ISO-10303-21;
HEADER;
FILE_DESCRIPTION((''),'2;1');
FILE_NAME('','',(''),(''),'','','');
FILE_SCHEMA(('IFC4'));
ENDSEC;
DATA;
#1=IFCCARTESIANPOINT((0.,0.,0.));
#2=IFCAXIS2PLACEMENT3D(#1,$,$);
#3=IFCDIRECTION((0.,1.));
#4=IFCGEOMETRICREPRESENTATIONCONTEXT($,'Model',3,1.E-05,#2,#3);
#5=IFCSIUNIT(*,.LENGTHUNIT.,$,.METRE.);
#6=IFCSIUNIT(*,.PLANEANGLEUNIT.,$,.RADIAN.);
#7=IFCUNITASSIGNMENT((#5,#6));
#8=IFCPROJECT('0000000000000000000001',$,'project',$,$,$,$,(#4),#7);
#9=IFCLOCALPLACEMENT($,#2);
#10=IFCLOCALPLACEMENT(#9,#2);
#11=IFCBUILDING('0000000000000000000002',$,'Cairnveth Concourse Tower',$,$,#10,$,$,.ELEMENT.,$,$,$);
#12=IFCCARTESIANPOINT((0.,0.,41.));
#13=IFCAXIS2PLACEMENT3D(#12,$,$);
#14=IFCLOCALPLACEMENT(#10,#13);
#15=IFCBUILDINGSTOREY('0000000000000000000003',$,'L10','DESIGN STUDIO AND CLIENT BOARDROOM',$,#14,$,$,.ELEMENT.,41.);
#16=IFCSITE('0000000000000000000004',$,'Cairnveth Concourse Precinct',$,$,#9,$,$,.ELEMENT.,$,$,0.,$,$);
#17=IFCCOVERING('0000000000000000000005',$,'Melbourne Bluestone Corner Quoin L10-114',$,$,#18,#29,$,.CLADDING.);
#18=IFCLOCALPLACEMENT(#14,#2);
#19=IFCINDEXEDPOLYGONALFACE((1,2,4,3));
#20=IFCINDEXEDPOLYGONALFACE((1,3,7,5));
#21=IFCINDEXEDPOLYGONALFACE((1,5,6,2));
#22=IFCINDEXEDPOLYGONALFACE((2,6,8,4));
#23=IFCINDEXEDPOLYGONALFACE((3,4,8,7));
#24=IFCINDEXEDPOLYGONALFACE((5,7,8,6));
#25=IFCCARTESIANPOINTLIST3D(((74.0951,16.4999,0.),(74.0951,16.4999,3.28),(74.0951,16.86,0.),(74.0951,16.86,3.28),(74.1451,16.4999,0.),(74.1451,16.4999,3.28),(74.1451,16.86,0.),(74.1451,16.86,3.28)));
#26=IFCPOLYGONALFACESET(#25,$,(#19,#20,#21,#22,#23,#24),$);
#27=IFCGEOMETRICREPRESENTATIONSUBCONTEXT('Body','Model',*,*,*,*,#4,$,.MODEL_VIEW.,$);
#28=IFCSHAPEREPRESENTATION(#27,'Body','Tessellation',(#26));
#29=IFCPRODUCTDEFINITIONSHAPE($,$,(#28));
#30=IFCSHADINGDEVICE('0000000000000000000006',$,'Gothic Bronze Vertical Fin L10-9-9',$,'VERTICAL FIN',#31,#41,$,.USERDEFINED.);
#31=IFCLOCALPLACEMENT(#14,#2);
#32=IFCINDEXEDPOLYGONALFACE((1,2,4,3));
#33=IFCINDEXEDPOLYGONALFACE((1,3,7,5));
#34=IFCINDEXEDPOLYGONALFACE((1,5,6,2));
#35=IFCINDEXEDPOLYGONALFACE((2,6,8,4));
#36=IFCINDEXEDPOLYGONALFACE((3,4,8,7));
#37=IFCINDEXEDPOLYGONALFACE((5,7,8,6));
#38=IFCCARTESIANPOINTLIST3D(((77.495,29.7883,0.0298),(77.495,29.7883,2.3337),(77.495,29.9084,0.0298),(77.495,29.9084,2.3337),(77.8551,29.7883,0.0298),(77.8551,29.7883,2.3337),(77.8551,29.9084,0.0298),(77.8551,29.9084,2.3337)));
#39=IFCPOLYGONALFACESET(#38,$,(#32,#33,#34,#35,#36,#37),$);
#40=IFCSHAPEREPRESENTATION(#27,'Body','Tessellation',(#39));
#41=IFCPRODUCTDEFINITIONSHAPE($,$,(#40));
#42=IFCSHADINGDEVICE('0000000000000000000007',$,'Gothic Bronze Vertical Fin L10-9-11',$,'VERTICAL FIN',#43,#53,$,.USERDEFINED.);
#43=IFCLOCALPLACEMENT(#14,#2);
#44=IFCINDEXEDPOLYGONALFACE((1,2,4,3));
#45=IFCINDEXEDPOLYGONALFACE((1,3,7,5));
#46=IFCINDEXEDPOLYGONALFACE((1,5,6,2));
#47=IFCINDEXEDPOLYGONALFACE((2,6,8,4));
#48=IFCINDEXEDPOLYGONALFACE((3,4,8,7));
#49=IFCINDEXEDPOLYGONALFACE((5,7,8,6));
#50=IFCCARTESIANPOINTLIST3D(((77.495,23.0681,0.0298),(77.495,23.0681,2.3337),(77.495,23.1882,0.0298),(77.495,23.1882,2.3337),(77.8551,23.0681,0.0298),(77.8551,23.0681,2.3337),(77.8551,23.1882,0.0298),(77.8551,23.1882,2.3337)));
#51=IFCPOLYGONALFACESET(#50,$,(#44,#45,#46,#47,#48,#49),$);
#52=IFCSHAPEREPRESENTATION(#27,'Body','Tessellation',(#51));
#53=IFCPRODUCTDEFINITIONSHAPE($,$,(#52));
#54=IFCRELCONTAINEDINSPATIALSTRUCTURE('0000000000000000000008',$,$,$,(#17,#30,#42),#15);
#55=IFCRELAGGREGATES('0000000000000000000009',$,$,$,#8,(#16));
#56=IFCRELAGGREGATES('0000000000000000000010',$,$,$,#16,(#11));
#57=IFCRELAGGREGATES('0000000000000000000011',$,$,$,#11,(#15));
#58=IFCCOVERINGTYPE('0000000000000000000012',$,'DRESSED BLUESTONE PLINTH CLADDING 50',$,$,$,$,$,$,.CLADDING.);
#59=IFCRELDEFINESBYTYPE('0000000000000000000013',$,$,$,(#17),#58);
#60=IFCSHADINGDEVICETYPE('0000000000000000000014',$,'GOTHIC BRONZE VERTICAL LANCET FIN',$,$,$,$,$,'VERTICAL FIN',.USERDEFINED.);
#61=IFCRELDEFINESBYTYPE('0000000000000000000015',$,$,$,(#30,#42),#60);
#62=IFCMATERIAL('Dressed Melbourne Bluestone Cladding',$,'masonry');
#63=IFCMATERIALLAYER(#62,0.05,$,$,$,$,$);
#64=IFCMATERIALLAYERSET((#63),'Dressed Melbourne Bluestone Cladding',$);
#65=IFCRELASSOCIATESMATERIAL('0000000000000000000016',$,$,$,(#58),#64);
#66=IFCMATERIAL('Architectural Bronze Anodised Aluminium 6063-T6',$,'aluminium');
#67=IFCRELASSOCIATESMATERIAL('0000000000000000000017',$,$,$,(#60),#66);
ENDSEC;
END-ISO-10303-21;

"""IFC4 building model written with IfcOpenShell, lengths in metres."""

from ifc_helpers import new_model, si_unit, direction, frame, frame_2d, origin, origin_2d, place, context, subcontext, project, spatial, rectangle, extrude, material, layer, layer_set, type_object, element, save


model = new_model("IFC4")

# Units and contexts
model_context = context("Model", 3, precision=1e-05, world=origin(), true_north=direction((0.0, 1.0)))
body_context = subcontext(model_context, "Body", "Model", "MODEL_VIEW")
ifc_project = project(units=[si_unit("LENGTHUNIT", "METRE"), si_unit("PLANEANGLEUNIT", "RADIAN")], contexts=[model_context])

# Site, building, storey
site_placement = place(None, origin())
site = spatial("IfcSite", under=ifc_project, at=site_placement, Name="Cairnveth Concourse Precinct", CompositionType="ELEMENT", RefElevation=0.0)
building_placement = place(site_placement, origin())
building = spatial("IfcBuilding", under=site, at=building_placement, Name="Cairnveth Concourse Tower", CompositionType="ELEMENT")
storey_placement = place(building_placement, frame((0.0, 0.0, 41.0)))
storey = spatial("IfcBuildingStorey", under=building, at=storey_placement, Name="L10", Description="DESIGN STUDIO AND CLIENT BOARDROOM", CompositionType="ELEMENT", Elevation=41.0)

# Covering
ifc_material_1 = material(Name="Dressed Melbourne Bluestone Cladding", Category="masonry")
ifc_layer_1 = layer(ifc_material_1, 0.05)
ifc_layer_set_1 = layer_set([ifc_layer_1], Name="Dressed Melbourne Bluestone Cladding")
covering_type = type_object("IfcCoveringType", Name="DRESSED BLUESTONE PLINTH CLADDING 50", PredefinedType="CLADDING", material=ifc_layer_set_1)
for number, where, z_axis, x_axis, name in (
    (1, (74.1201, 16.8601, 0.0), (0.0, 0.0, 1.0), (0.0, -1.0, 0.0), "Melbourne Bluestone Corner Quoin L10-114"),
):
    element("IfcCovering", number, at=place(storey_placement, frame(where, z_axis=z_axis, x_axis=x_axis)), inside=storey, type_object=covering_type, Name=name, PredefinedType="CLADDING", context=body_context, shape_type="SweptSolid", body=[
        extrude(rectangle(XDim=0.3601, YDim=0.05, at=frame_2d((0.1802, 0.0))), origin(), (0.0, 0.0, 1.0), 3.28),
    ])

# Shading devices
ifc_material_2 = material(Name="Architectural Bronze Anodised Aluminium 6063-T6", Category="aluminium")
shading_device_type = type_object("IfcShadingDeviceType", Name="GOTHIC BRONZE VERTICAL LANCET FIN", ElementType="VERTICAL FIN", PredefinedType="USERDEFINED", material=ifc_material_2)
for number, where, z_axis, x_axis, name in (
    (2, (77.675, 29.8484, 0.0298), (0.0, 0.0, 1.0), (0.0, 1.0, 0.0), "Gothic Bronze Vertical Fin L10-9-9"),
    (3, (77.675, 23.1282, 0.0298), (0.0, 0.0, 1.0), (0.0, 1.0, 0.0), "Gothic Bronze Vertical Fin L10-9-11"),
):
    element("IfcShadingDevice", number, at=place(storey_placement, frame(where, z_axis=z_axis, x_axis=x_axis)), inside=storey, type_object=shading_device_type, Name=name, ObjectType="VERTICAL FIN", PredefinedType="USERDEFINED", context=body_context, shape_type="SweptSolid", body=[
        extrude(rectangle(XDim=0.1201, YDim=0.3601, at=origin_2d()), origin(), (0.0, 0.0, 1.0), 2.304),
    ])

save(model, "model.ifc")
